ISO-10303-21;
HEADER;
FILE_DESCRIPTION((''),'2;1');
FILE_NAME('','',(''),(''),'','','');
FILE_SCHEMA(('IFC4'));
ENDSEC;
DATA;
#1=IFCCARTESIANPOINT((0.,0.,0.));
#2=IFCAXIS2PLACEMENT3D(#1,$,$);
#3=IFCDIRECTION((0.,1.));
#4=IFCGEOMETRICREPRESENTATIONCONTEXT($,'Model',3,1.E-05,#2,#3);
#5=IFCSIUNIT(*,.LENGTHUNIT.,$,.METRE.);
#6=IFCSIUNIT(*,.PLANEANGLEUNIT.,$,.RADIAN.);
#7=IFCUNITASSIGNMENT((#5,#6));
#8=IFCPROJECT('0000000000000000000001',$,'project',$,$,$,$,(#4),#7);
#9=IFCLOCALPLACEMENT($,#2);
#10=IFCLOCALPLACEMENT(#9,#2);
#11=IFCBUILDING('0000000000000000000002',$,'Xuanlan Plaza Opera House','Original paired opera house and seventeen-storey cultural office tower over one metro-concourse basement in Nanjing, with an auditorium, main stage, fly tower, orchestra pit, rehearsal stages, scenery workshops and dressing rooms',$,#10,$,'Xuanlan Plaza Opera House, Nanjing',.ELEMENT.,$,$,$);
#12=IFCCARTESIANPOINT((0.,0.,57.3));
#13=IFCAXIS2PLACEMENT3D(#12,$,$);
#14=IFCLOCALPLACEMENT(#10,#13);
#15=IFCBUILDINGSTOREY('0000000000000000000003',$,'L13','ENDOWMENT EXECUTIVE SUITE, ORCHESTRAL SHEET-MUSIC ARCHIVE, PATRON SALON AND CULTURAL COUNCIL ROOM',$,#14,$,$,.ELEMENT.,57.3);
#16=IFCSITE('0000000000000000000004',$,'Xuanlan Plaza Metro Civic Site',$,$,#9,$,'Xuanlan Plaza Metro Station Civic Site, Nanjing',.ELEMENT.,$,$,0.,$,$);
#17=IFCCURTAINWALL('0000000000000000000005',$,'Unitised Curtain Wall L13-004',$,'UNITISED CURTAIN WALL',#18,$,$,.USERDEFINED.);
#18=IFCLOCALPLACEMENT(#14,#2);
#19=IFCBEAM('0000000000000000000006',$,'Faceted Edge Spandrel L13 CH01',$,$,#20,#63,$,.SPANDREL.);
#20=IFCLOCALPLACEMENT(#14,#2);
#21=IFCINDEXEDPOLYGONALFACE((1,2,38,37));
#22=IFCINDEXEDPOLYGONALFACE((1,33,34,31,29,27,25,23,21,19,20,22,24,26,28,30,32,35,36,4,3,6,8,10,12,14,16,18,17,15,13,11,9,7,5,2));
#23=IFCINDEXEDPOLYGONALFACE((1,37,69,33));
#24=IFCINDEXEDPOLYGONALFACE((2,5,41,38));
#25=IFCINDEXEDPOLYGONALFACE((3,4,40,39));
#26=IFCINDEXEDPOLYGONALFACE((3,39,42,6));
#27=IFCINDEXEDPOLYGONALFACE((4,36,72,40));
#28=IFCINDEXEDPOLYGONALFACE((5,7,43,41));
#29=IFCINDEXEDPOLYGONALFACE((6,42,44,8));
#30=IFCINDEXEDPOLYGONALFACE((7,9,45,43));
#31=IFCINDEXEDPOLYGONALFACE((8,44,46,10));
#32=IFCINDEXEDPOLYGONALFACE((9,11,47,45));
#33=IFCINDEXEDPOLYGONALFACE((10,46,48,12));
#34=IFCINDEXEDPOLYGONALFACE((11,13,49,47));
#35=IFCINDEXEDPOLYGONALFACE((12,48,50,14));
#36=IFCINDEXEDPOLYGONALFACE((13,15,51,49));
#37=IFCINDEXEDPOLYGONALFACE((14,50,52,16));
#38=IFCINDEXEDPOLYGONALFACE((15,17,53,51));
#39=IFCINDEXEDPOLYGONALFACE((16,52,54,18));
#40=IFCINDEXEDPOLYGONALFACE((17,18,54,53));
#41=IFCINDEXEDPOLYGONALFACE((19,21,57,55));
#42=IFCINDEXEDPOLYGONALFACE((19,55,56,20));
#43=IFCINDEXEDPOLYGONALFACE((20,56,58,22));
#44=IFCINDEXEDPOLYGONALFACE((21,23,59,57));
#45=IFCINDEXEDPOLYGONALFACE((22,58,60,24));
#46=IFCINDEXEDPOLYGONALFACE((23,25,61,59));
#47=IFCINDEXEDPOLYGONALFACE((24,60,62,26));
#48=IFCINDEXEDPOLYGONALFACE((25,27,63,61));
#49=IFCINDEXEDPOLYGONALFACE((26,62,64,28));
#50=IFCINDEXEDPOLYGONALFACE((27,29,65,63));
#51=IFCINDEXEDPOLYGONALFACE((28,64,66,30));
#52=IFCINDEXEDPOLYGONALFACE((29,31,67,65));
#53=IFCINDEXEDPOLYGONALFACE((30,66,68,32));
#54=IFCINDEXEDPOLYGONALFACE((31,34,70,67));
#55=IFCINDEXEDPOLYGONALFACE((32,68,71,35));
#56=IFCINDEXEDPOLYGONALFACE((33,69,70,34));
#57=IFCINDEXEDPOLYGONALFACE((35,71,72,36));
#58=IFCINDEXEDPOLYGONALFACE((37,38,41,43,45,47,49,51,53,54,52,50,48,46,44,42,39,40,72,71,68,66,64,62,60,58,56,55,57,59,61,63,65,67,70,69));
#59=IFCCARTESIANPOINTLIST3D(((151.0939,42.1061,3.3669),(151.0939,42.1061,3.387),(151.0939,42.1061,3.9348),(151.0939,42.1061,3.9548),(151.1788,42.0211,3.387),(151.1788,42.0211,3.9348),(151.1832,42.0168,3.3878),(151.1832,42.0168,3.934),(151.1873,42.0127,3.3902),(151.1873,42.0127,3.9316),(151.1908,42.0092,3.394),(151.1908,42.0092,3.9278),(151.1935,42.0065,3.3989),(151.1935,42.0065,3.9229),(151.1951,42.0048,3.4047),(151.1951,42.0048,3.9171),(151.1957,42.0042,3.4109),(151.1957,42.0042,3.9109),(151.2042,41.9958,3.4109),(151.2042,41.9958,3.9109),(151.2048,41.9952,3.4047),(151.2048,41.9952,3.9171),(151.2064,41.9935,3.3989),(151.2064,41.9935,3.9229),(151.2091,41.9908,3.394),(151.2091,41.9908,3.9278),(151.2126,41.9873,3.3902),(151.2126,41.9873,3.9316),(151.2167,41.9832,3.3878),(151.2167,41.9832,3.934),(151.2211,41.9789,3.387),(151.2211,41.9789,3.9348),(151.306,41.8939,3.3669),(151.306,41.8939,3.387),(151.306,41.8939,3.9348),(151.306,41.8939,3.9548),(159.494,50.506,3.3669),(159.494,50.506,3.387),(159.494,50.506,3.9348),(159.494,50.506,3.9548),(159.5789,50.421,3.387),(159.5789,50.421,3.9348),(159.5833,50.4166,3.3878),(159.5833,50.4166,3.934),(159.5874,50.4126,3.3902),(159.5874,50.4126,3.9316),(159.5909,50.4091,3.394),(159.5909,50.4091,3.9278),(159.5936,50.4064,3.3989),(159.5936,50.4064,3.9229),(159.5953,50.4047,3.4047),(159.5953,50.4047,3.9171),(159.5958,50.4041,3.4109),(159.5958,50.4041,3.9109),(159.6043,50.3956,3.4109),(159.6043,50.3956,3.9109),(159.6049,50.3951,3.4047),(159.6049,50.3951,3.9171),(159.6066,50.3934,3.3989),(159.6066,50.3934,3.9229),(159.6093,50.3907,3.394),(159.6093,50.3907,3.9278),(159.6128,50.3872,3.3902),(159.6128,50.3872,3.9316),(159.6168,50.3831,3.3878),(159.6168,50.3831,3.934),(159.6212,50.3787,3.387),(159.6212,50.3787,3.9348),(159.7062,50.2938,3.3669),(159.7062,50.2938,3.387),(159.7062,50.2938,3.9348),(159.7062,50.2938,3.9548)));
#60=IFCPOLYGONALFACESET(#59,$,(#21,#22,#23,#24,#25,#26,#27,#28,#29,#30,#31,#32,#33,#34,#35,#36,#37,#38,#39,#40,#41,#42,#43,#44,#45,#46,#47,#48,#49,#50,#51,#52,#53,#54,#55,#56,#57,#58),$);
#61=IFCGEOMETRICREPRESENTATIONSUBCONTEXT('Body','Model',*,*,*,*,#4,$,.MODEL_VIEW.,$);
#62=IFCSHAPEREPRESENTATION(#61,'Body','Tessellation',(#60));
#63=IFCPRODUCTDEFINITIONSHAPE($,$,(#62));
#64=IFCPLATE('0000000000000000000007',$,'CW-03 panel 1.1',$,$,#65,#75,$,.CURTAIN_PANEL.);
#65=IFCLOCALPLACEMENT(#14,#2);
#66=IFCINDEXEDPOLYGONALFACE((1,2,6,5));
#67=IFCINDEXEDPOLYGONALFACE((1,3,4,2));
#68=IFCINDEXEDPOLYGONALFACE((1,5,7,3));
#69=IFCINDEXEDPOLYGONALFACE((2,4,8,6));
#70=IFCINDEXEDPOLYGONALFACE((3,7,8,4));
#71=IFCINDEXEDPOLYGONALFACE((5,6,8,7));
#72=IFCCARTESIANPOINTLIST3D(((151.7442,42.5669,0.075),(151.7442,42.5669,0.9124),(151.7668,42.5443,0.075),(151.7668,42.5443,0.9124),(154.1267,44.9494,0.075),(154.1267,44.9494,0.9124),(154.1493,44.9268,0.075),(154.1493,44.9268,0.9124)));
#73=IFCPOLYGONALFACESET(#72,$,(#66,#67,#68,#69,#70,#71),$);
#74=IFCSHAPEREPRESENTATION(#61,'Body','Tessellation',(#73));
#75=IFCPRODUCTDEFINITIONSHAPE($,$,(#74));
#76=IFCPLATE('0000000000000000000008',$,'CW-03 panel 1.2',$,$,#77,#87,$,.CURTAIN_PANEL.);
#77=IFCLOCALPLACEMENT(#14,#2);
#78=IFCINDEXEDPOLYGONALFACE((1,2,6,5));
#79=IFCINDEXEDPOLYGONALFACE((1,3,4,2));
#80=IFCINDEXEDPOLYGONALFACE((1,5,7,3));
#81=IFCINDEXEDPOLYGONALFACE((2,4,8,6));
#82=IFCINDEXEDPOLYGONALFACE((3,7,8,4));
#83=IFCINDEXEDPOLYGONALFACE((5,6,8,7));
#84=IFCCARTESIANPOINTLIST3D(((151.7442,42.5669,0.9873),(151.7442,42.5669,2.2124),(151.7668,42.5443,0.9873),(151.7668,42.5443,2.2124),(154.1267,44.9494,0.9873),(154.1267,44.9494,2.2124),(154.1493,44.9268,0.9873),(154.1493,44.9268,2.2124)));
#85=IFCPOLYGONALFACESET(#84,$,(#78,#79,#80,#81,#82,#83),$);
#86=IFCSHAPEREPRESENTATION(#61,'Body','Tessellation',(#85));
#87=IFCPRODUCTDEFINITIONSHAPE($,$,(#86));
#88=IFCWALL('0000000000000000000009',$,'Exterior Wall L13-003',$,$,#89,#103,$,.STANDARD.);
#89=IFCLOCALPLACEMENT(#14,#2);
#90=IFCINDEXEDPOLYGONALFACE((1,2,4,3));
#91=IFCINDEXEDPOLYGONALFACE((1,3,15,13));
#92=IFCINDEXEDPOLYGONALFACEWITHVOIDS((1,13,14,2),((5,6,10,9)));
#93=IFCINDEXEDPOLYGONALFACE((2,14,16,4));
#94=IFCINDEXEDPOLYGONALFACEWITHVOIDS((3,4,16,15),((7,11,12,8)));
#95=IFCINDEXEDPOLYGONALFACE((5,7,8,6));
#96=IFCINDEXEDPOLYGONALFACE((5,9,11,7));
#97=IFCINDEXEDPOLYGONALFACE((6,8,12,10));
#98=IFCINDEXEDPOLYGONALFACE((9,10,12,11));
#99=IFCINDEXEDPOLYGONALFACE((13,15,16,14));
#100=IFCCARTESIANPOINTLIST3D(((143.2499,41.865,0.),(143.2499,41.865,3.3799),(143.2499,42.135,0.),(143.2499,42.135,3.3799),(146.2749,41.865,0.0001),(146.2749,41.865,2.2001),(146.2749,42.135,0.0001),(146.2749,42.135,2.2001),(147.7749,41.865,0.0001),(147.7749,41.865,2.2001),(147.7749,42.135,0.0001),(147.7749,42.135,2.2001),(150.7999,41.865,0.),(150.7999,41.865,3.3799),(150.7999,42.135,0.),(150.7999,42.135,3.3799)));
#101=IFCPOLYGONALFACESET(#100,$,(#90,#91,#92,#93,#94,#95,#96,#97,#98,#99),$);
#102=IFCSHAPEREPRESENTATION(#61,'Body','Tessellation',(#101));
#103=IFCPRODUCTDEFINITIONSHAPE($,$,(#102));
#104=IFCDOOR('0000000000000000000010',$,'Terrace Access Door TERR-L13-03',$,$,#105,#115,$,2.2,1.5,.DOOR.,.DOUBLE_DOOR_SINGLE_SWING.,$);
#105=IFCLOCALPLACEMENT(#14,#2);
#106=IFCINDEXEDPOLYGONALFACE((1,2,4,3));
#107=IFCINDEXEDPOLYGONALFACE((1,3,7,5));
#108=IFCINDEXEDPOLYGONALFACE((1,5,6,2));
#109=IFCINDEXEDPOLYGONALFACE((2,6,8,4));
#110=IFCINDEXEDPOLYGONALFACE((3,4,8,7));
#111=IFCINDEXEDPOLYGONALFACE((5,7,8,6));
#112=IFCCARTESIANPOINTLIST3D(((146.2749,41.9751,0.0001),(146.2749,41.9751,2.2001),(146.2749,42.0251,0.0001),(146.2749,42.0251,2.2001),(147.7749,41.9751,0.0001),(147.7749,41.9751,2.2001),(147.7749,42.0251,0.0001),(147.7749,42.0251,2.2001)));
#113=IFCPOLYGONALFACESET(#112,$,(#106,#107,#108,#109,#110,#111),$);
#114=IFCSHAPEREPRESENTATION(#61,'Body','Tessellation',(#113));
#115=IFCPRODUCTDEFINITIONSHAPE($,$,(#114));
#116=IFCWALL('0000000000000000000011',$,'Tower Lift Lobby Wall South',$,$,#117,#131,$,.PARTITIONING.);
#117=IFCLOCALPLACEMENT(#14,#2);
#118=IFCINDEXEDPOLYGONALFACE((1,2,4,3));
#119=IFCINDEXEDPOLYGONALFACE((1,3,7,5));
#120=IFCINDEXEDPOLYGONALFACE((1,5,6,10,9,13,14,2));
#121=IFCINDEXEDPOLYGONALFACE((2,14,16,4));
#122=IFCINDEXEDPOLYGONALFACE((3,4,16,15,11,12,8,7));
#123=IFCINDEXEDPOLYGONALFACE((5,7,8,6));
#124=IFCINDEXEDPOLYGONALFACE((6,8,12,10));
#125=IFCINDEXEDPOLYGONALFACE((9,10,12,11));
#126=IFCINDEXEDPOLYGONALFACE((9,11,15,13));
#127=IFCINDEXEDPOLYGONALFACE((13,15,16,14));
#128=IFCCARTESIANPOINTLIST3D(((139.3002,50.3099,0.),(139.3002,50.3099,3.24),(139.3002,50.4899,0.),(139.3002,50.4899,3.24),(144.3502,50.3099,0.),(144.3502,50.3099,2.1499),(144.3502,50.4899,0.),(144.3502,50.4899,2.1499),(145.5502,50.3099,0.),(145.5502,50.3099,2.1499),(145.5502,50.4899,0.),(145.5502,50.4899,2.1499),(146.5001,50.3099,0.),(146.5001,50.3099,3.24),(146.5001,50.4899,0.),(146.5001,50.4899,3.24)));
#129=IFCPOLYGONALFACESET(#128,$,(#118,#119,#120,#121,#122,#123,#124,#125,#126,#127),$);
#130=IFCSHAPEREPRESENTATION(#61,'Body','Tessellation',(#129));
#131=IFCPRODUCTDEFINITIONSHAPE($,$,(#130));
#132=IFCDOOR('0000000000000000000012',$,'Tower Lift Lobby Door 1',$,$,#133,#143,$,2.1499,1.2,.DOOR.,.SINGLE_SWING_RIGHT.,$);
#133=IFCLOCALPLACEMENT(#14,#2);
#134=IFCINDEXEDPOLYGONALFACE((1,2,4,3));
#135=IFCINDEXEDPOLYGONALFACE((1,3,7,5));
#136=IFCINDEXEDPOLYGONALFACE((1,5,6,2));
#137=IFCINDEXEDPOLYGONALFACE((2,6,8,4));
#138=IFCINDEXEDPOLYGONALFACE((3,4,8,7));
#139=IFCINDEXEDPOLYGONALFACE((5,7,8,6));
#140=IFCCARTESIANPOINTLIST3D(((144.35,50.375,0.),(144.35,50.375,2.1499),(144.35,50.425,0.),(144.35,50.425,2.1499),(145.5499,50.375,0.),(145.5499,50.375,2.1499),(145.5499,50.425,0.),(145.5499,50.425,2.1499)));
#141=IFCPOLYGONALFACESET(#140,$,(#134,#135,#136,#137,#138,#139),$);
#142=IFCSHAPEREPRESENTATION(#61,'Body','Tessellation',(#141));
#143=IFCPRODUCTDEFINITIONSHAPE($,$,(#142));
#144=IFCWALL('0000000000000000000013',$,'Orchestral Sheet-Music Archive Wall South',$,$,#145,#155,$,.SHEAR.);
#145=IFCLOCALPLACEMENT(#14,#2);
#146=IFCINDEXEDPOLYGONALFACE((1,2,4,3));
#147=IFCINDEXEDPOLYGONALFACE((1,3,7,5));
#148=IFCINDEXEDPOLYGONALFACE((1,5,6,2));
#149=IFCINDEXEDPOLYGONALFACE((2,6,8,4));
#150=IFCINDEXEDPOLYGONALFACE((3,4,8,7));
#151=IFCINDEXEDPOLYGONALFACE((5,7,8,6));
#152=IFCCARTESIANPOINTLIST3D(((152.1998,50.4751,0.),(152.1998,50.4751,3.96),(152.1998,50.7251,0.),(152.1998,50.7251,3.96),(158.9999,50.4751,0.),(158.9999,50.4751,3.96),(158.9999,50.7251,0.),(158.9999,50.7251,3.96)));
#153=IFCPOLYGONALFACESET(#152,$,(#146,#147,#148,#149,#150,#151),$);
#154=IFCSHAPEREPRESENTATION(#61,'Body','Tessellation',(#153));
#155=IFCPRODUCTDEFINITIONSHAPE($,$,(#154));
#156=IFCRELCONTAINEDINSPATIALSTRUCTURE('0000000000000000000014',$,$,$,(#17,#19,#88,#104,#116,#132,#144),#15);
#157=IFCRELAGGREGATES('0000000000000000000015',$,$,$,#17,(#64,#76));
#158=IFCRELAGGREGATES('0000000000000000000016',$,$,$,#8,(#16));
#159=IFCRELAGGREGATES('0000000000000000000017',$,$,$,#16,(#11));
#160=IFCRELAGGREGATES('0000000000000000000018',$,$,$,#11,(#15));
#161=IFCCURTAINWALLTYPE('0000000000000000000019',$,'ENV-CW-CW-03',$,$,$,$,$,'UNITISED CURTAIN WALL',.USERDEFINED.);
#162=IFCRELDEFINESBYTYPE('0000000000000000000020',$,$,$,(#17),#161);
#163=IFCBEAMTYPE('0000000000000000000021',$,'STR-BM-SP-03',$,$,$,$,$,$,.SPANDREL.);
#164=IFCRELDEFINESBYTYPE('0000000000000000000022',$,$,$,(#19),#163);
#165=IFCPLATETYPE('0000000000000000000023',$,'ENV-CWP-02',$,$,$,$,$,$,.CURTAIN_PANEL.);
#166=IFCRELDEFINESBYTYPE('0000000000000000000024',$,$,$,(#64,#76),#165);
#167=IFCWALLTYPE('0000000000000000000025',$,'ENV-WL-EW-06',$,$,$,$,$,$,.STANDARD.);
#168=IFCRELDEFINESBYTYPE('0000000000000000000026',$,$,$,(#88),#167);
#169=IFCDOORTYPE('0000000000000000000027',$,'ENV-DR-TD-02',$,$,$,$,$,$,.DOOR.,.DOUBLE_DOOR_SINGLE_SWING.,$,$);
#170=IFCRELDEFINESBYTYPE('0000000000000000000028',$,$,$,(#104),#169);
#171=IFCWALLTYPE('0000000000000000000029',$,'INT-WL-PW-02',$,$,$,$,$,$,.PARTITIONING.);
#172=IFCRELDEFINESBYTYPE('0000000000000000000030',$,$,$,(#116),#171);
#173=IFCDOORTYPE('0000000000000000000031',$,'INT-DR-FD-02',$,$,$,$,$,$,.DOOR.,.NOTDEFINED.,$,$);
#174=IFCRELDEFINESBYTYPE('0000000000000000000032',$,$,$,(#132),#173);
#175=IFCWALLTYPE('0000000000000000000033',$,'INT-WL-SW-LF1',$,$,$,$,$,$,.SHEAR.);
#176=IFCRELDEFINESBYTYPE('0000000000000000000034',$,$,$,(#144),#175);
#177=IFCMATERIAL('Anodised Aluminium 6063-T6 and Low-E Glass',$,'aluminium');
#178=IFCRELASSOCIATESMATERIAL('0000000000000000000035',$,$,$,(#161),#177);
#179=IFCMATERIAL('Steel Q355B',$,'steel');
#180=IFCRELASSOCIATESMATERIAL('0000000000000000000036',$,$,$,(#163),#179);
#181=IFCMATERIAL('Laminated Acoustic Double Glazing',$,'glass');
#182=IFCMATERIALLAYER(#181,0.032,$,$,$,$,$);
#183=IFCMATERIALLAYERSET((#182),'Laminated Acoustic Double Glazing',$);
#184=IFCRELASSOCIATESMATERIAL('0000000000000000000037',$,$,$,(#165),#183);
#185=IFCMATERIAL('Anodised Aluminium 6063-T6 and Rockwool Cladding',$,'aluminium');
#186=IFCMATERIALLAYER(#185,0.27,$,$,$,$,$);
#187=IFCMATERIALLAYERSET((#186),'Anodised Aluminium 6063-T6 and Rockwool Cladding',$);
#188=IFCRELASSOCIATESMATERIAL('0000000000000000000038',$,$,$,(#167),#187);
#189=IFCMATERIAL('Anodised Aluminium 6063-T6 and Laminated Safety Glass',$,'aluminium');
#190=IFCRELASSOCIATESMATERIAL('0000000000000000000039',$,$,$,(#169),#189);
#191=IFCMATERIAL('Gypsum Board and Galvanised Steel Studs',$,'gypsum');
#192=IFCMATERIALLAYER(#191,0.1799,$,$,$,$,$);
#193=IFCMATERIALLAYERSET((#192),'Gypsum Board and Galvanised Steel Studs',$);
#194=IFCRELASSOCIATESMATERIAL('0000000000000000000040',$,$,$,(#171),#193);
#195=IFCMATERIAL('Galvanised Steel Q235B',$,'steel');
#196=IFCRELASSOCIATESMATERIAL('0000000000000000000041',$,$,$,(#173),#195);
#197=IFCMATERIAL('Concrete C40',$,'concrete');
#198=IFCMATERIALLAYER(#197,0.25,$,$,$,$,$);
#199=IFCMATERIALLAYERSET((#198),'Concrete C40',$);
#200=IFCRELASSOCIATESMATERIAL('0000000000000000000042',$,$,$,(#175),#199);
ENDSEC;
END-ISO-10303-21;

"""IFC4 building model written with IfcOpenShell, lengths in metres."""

from ifc_helpers import new_model, si_unit, direction, frame, frame_2d, origin, origin_2d, place, context, subcontext, project, spatial, rectangle, i_section, extrude, material, layer, layer_set, material_profile, profile_set, type_object, element, fill, aggregate, save


model = new_model("IFC4")

# Units and contexts
model_context = context("Model", 3, precision=1e-05, world=origin(), true_north=direction((0.0, 1.0)))
body_context = subcontext(model_context, "Body", "Model", "MODEL_VIEW")
ifc_project = project(units=[si_unit("LENGTHUNIT", "METRE"), si_unit("PLANEANGLEUNIT", "RADIAN")], contexts=[model_context])

# Site, building, storey
site_placement = place(None, origin())
site = spatial("IfcSite", under=ifc_project, at=site_placement, Name="Xuanlan Plaza Metro Civic Site", LongName="Xuanlan Plaza Metro Station Civic Site, Nanjing", CompositionType="ELEMENT", RefElevation=0.0)
building_placement = place(site_placement, origin())
building = spatial("IfcBuilding", under=site, at=building_placement, Name="Xuanlan Plaza Opera House", Description="Original paired opera house and seventeen-storey cultural office tower over one metro-concourse basement in Nanjing, with an auditorium, main stage, fly tower, orchestra pit, rehearsal stages, scenery workshops and dressing rooms", LongName="Xuanlan Plaza Opera House, Nanjing", CompositionType="ELEMENT")
storey_placement = place(building_placement, frame((0.0, 0.0, 57.3)))
storey = spatial("IfcBuildingStorey", under=building, at=storey_placement, Name="L13", Description="ENDOWMENT EXECUTIVE SUITE, ORCHESTRAL SHEET-MUSIC ARCHIVE, PATRON SALON AND CULTURAL COUNCIL ROOM", CompositionType="ELEMENT", Elevation=57.3)

# Curtain wall
ifc_material_1 = material(Name="Anodised Aluminium 6063-T6 and Low-E Glass", Category="aluminium")
curtain_wall_type = type_object("IfcCurtainWallType", Name="ENV-CW-CW-03", ElementType="UNITISED CURTAIN WALL", PredefinedType="USERDEFINED", material=ifc_material_1)
curtain_wall_placement = place(storey_placement, origin())
curtain_wall = element("IfcCurtainWall", 1, at=curtain_wall_placement, inside=storey, type_object=curtain_wall_type, Name="Unitised Curtain Wall L13-004", ObjectType="UNITISED CURTAIN WALL", PredefinedType="USERDEFINED")

# Beam
ifc_material_2 = material(Name="Concrete C40", Category="concrete")
ifc_material_3 = material(Name="Steel Q355B", Category="steel")
ifc_material_profile_1 = material_profile(ifc_material_3, i_section(OverallWidth=0.3, OverallDepth=0.5879, WebThickness=0.012, FlangeThickness=0.02, FilletRadius=0.0239, at=origin_2d()), Name="HM 588x300x12x20")
ifc_profile_set_1 = profile_set([ifc_material_profile_1], Name="Steel Q355B")
beam_type_1 = type_object("IfcBeamType", Name="STR-BM-SP-03", PredefinedType="SPANDREL", material=ifc_profile_set_1)
beam_1_placement = place(storey_placement, frame((151.2, 42.0, 3.6609), z_axis=(0.707117, 0.707097, 0.0), x_axis=(-0.707097, 0.707117, 0.0)))
element("IfcBeam", 2, at=beam_1_placement, inside=storey, type_object=beam_type_1, Name="Faceted Edge Spandrel L13 CH01", PredefinedType="SPANDREL", context=body_context, shape_type="SweptSolid", body=[
    extrude(i_section(OverallWidth=0.3, OverallDepth=0.5879, WebThickness=0.012, FlangeThickness=0.02, FilletRadius=0.0239, at=origin_2d()), origin(), (0.0, 0.0, 1.0), 11.8794),
])

# Plates
ifc_material_4 = material(Name="Laminated Acoustic Double Glazing", Category="glass")
ifc_layer_1 = layer(ifc_material_4, 0.032)
ifc_layer_set_1 = layer_set([ifc_layer_1], Name="Laminated Acoustic Double Glazing")
plate_type = type_object("IfcPlateType", Name="ENV-CWP-02", PredefinedType="CURTAIN_PANEL", material=ifc_layer_set_1)
plate_1_placement = place(storey_placement, frame((152.9468, 43.7468, 0.075), z_axis=(0.0, 0.0, 1.0), x_axis=(0.707107, 0.707107, 0.0)))
plate_1 = element("IfcPlate", 3, at=plate_1_placement, type_object=plate_type, Name="CW-03 panel 1.1", PredefinedType="CURTAIN_PANEL", context=body_context, shape_type="SweptSolid", body=[
    extrude(rectangle(XDim=3.3694, YDim=0.032, at=origin_2d()), origin(), (0.0, 0.0, 1.0), 0.8374),
])
plate_2_placement = place(storey_placement, frame((152.9468, 43.7468, 0.9873), z_axis=(0.0, 0.0, 1.0), x_axis=(0.707107, 0.707107, 0.0)))
plate_2 = element("IfcPlate", 4, at=plate_2_placement, type_object=plate_type, Name="CW-03 panel 1.2", PredefinedType="CURTAIN_PANEL", context=body_context, shape_type="SweptSolid", body=[
    extrude(rectangle(XDim=3.3694, YDim=0.032, at=origin_2d()), origin(), (0.0, 0.0, 1.0), 1.2251),
])
aggregate(curtain_wall, [plate_1, plate_2])

# Walls, openings, doors
ifc_material_5 = material(Name="Anodised Aluminium 6063-T6 and Rockwool Cladding", Category="aluminium")
ifc_layer_2 = layer(ifc_material_5, 0.27)
ifc_layer_set_2 = layer_set([ifc_layer_2], Name="Anodised Aluminium 6063-T6 and Rockwool Cladding")
wall_type_1 = type_object("IfcWallType", Name="ENV-WL-EW-06", PredefinedType="STANDARD", material=ifc_layer_set_2)
wall_1_placement = place(storey_placement, frame((143.25, 42.0, 0.0), z_axis=(0.0, 0.0, 1.0), x_axis=(1.0, 0.0, 0.0)))
wall_1 = element("IfcWall", 5, at=wall_1_placement, inside=storey, type_object=wall_type_1, Name="Exterior Wall L13-003", PredefinedType="STANDARD", context=body_context, shape_type="SweptSolid", body=[
    extrude(rectangle(XDim=7.55, YDim=0.27, at=frame_2d((3.7749, 0.0))), origin(), (0.0, 0.0, 1.0), 3.3799),
])
opening_1_placement = place(wall_1_placement, frame((3.0249, 0.0, 0.0)))
opening_1 = element("IfcOpeningElement", 6, at=opening_1_placement, cuts=wall_1, PredefinedType="OPENING", context=body_context, shape_type="SweptSolid", body=[
    extrude(rectangle(XDim=1.5, YDim=2.2, at=frame_2d((0.75, 1.1001))), frame((0.0, 0.145, 0.0), z_axis=(0.0, -1.0, 0.0), x_axis=(1.0, 0.0, 0.0)), (0.0, 0.0, 1.0), 0.29),
])
ifc_material_6 = material(Name="Anodised Aluminium 6063-T6 and Laminated Safety Glass", Category="aluminium")
door_type_1 = type_object("IfcDoorType", Name="ENV-DR-TD-02", OperationType="DOUBLE_DOOR_SINGLE_SWING", PredefinedType="DOOR", material=ifc_material_6)
door_1_placement = place(opening_1_placement, frame((1.5, 0.0, 0.0), z_axis=(0.0, 0.0, 1.0), x_axis=(-1.0, 0.0, 0.0)))
door_1 = element("IfcDoor", 7, at=door_1_placement, inside=storey, type_object=door_type_1, Name="Terrace Access Door TERR-L13-03", OperationType="DOUBLE_DOOR_SINGLE_SWING", OverallHeight=2.2, OverallWidth=1.5, PredefinedType="DOOR", context=body_context, shape_type="SweptSolid", body=[
    extrude(rectangle(XDim=1.5, YDim=2.2, at=frame_2d((0.75, 1.1001))), frame((0.0, 0.0249, 0.0), z_axis=(0.0, -1.0, 0.0), x_axis=(1.0, 0.0, 0.0)), (0.0, 0.0, 1.0), 0.05),
])
fill(opening_1, door_1)
ifc_material_7 = material(Name="Gypsum Board and Galvanised Steel Studs", Category="gypsum")
ifc_layer_3 = layer(ifc_material_7, 0.1799)
ifc_layer_set_3 = layer_set([ifc_layer_3], Name="Gypsum Board and Galvanised Steel Studs")
wall_type_2 = type_object("IfcWallType", Name="INT-WL-PW-02", PredefinedType="PARTITIONING", material=ifc_layer_set_3)
wall_2_placement = place(storey_placement, frame((139.3, 50.3999, 0.0), z_axis=(0.0, 0.0, 1.0), x_axis=(1.0, 0.0, 0.0)))
wall_2 = element("IfcWall", 8, at=wall_2_placement, inside=storey, type_object=wall_type_2, Name="Tower Lift Lobby Wall South", PredefinedType="PARTITIONING", context=body_context, shape_type="SweptSolid", body=[
    extrude(rectangle(XDim=7.2, YDim=0.1799, at=frame_2d((3.6001, 0.0))), origin(), (0.0, 0.0, 1.0), 3.24),
])
opening_2_placement = place(wall_2_placement, frame((5.05, 0.0, 0.0)))
opening_2 = element("IfcOpeningElement", 9, at=opening_2_placement, cuts=wall_2, PredefinedType="OPENING", context=body_context, shape_type="SweptSolid", body=[
    extrude(rectangle(XDim=1.2, YDim=2.1499, at=frame_2d((0.6001, 1.075))), frame((0.0, 0.0999, 0.0), z_axis=(0.0, -1.0, 0.0), x_axis=(1.0, 0.0, 0.0)), (0.0, 0.0, 1.0), 0.2),
])
ifc_material_8 = material(Name="Galvanised Steel Q235B", Category="steel")
door_type_2 = type_object("IfcDoorType", Name="INT-DR-FD-02", OperationType="NOTDEFINED", PredefinedType="DOOR", material=ifc_material_8)
door_2_placement = place(opening_2_placement, frame((1.2, 0.0, 0.0), z_axis=(0.0, 0.0, 1.0), x_axis=(-1.0, 0.0, 0.0)))
door_2 = element("IfcDoor", 10, at=door_2_placement, inside=storey, type_object=door_type_2, Name="Tower Lift Lobby Door 1", OperationType="SINGLE_SWING_RIGHT", OverallHeight=2.1499, OverallWidth=1.2, PredefinedType="DOOR", context=body_context, shape_type="SweptSolid", body=[
    extrude(rectangle(XDim=1.2, YDim=2.1499, at=frame_2d((0.6001, 1.075))), frame((0.0, 0.0249, 0.0), z_axis=(0.0, -1.0, 0.0), x_axis=(1.0, 0.0, 0.0)), (0.0, 0.0, 1.0), 0.05),
])
fill(opening_2, door_2)

# Wall
ifc_layer_4 = layer(ifc_material_2, 0.25)
ifc_layer_set_4 = layer_set([ifc_layer_4], Name="Concrete C40")
wall_type_3 = type_object("IfcWallType", Name="INT-WL-SW-LF1", PredefinedType="SHEAR", material=ifc_layer_set_4)
wall_3_placement = place(storey_placement, frame((152.2, 50.6001, 0.0), z_axis=(0.0, 0.0, 1.0), x_axis=(1.0, 0.0, 0.0)))
element("IfcWall", 11, at=wall_3_placement, inside=storey, type_object=wall_type_3, Name="Orchestral Sheet-Music Archive Wall South", PredefinedType="SHEAR", context=body_context, shape_type="SweptSolid", body=[
    extrude(rectangle(XDim=6.8, YDim=0.25, at=frame_2d((3.3999, 0.0))), origin(), (0.0, 0.0, 1.0), 3.96),
])

save(model, "model.ifc")
